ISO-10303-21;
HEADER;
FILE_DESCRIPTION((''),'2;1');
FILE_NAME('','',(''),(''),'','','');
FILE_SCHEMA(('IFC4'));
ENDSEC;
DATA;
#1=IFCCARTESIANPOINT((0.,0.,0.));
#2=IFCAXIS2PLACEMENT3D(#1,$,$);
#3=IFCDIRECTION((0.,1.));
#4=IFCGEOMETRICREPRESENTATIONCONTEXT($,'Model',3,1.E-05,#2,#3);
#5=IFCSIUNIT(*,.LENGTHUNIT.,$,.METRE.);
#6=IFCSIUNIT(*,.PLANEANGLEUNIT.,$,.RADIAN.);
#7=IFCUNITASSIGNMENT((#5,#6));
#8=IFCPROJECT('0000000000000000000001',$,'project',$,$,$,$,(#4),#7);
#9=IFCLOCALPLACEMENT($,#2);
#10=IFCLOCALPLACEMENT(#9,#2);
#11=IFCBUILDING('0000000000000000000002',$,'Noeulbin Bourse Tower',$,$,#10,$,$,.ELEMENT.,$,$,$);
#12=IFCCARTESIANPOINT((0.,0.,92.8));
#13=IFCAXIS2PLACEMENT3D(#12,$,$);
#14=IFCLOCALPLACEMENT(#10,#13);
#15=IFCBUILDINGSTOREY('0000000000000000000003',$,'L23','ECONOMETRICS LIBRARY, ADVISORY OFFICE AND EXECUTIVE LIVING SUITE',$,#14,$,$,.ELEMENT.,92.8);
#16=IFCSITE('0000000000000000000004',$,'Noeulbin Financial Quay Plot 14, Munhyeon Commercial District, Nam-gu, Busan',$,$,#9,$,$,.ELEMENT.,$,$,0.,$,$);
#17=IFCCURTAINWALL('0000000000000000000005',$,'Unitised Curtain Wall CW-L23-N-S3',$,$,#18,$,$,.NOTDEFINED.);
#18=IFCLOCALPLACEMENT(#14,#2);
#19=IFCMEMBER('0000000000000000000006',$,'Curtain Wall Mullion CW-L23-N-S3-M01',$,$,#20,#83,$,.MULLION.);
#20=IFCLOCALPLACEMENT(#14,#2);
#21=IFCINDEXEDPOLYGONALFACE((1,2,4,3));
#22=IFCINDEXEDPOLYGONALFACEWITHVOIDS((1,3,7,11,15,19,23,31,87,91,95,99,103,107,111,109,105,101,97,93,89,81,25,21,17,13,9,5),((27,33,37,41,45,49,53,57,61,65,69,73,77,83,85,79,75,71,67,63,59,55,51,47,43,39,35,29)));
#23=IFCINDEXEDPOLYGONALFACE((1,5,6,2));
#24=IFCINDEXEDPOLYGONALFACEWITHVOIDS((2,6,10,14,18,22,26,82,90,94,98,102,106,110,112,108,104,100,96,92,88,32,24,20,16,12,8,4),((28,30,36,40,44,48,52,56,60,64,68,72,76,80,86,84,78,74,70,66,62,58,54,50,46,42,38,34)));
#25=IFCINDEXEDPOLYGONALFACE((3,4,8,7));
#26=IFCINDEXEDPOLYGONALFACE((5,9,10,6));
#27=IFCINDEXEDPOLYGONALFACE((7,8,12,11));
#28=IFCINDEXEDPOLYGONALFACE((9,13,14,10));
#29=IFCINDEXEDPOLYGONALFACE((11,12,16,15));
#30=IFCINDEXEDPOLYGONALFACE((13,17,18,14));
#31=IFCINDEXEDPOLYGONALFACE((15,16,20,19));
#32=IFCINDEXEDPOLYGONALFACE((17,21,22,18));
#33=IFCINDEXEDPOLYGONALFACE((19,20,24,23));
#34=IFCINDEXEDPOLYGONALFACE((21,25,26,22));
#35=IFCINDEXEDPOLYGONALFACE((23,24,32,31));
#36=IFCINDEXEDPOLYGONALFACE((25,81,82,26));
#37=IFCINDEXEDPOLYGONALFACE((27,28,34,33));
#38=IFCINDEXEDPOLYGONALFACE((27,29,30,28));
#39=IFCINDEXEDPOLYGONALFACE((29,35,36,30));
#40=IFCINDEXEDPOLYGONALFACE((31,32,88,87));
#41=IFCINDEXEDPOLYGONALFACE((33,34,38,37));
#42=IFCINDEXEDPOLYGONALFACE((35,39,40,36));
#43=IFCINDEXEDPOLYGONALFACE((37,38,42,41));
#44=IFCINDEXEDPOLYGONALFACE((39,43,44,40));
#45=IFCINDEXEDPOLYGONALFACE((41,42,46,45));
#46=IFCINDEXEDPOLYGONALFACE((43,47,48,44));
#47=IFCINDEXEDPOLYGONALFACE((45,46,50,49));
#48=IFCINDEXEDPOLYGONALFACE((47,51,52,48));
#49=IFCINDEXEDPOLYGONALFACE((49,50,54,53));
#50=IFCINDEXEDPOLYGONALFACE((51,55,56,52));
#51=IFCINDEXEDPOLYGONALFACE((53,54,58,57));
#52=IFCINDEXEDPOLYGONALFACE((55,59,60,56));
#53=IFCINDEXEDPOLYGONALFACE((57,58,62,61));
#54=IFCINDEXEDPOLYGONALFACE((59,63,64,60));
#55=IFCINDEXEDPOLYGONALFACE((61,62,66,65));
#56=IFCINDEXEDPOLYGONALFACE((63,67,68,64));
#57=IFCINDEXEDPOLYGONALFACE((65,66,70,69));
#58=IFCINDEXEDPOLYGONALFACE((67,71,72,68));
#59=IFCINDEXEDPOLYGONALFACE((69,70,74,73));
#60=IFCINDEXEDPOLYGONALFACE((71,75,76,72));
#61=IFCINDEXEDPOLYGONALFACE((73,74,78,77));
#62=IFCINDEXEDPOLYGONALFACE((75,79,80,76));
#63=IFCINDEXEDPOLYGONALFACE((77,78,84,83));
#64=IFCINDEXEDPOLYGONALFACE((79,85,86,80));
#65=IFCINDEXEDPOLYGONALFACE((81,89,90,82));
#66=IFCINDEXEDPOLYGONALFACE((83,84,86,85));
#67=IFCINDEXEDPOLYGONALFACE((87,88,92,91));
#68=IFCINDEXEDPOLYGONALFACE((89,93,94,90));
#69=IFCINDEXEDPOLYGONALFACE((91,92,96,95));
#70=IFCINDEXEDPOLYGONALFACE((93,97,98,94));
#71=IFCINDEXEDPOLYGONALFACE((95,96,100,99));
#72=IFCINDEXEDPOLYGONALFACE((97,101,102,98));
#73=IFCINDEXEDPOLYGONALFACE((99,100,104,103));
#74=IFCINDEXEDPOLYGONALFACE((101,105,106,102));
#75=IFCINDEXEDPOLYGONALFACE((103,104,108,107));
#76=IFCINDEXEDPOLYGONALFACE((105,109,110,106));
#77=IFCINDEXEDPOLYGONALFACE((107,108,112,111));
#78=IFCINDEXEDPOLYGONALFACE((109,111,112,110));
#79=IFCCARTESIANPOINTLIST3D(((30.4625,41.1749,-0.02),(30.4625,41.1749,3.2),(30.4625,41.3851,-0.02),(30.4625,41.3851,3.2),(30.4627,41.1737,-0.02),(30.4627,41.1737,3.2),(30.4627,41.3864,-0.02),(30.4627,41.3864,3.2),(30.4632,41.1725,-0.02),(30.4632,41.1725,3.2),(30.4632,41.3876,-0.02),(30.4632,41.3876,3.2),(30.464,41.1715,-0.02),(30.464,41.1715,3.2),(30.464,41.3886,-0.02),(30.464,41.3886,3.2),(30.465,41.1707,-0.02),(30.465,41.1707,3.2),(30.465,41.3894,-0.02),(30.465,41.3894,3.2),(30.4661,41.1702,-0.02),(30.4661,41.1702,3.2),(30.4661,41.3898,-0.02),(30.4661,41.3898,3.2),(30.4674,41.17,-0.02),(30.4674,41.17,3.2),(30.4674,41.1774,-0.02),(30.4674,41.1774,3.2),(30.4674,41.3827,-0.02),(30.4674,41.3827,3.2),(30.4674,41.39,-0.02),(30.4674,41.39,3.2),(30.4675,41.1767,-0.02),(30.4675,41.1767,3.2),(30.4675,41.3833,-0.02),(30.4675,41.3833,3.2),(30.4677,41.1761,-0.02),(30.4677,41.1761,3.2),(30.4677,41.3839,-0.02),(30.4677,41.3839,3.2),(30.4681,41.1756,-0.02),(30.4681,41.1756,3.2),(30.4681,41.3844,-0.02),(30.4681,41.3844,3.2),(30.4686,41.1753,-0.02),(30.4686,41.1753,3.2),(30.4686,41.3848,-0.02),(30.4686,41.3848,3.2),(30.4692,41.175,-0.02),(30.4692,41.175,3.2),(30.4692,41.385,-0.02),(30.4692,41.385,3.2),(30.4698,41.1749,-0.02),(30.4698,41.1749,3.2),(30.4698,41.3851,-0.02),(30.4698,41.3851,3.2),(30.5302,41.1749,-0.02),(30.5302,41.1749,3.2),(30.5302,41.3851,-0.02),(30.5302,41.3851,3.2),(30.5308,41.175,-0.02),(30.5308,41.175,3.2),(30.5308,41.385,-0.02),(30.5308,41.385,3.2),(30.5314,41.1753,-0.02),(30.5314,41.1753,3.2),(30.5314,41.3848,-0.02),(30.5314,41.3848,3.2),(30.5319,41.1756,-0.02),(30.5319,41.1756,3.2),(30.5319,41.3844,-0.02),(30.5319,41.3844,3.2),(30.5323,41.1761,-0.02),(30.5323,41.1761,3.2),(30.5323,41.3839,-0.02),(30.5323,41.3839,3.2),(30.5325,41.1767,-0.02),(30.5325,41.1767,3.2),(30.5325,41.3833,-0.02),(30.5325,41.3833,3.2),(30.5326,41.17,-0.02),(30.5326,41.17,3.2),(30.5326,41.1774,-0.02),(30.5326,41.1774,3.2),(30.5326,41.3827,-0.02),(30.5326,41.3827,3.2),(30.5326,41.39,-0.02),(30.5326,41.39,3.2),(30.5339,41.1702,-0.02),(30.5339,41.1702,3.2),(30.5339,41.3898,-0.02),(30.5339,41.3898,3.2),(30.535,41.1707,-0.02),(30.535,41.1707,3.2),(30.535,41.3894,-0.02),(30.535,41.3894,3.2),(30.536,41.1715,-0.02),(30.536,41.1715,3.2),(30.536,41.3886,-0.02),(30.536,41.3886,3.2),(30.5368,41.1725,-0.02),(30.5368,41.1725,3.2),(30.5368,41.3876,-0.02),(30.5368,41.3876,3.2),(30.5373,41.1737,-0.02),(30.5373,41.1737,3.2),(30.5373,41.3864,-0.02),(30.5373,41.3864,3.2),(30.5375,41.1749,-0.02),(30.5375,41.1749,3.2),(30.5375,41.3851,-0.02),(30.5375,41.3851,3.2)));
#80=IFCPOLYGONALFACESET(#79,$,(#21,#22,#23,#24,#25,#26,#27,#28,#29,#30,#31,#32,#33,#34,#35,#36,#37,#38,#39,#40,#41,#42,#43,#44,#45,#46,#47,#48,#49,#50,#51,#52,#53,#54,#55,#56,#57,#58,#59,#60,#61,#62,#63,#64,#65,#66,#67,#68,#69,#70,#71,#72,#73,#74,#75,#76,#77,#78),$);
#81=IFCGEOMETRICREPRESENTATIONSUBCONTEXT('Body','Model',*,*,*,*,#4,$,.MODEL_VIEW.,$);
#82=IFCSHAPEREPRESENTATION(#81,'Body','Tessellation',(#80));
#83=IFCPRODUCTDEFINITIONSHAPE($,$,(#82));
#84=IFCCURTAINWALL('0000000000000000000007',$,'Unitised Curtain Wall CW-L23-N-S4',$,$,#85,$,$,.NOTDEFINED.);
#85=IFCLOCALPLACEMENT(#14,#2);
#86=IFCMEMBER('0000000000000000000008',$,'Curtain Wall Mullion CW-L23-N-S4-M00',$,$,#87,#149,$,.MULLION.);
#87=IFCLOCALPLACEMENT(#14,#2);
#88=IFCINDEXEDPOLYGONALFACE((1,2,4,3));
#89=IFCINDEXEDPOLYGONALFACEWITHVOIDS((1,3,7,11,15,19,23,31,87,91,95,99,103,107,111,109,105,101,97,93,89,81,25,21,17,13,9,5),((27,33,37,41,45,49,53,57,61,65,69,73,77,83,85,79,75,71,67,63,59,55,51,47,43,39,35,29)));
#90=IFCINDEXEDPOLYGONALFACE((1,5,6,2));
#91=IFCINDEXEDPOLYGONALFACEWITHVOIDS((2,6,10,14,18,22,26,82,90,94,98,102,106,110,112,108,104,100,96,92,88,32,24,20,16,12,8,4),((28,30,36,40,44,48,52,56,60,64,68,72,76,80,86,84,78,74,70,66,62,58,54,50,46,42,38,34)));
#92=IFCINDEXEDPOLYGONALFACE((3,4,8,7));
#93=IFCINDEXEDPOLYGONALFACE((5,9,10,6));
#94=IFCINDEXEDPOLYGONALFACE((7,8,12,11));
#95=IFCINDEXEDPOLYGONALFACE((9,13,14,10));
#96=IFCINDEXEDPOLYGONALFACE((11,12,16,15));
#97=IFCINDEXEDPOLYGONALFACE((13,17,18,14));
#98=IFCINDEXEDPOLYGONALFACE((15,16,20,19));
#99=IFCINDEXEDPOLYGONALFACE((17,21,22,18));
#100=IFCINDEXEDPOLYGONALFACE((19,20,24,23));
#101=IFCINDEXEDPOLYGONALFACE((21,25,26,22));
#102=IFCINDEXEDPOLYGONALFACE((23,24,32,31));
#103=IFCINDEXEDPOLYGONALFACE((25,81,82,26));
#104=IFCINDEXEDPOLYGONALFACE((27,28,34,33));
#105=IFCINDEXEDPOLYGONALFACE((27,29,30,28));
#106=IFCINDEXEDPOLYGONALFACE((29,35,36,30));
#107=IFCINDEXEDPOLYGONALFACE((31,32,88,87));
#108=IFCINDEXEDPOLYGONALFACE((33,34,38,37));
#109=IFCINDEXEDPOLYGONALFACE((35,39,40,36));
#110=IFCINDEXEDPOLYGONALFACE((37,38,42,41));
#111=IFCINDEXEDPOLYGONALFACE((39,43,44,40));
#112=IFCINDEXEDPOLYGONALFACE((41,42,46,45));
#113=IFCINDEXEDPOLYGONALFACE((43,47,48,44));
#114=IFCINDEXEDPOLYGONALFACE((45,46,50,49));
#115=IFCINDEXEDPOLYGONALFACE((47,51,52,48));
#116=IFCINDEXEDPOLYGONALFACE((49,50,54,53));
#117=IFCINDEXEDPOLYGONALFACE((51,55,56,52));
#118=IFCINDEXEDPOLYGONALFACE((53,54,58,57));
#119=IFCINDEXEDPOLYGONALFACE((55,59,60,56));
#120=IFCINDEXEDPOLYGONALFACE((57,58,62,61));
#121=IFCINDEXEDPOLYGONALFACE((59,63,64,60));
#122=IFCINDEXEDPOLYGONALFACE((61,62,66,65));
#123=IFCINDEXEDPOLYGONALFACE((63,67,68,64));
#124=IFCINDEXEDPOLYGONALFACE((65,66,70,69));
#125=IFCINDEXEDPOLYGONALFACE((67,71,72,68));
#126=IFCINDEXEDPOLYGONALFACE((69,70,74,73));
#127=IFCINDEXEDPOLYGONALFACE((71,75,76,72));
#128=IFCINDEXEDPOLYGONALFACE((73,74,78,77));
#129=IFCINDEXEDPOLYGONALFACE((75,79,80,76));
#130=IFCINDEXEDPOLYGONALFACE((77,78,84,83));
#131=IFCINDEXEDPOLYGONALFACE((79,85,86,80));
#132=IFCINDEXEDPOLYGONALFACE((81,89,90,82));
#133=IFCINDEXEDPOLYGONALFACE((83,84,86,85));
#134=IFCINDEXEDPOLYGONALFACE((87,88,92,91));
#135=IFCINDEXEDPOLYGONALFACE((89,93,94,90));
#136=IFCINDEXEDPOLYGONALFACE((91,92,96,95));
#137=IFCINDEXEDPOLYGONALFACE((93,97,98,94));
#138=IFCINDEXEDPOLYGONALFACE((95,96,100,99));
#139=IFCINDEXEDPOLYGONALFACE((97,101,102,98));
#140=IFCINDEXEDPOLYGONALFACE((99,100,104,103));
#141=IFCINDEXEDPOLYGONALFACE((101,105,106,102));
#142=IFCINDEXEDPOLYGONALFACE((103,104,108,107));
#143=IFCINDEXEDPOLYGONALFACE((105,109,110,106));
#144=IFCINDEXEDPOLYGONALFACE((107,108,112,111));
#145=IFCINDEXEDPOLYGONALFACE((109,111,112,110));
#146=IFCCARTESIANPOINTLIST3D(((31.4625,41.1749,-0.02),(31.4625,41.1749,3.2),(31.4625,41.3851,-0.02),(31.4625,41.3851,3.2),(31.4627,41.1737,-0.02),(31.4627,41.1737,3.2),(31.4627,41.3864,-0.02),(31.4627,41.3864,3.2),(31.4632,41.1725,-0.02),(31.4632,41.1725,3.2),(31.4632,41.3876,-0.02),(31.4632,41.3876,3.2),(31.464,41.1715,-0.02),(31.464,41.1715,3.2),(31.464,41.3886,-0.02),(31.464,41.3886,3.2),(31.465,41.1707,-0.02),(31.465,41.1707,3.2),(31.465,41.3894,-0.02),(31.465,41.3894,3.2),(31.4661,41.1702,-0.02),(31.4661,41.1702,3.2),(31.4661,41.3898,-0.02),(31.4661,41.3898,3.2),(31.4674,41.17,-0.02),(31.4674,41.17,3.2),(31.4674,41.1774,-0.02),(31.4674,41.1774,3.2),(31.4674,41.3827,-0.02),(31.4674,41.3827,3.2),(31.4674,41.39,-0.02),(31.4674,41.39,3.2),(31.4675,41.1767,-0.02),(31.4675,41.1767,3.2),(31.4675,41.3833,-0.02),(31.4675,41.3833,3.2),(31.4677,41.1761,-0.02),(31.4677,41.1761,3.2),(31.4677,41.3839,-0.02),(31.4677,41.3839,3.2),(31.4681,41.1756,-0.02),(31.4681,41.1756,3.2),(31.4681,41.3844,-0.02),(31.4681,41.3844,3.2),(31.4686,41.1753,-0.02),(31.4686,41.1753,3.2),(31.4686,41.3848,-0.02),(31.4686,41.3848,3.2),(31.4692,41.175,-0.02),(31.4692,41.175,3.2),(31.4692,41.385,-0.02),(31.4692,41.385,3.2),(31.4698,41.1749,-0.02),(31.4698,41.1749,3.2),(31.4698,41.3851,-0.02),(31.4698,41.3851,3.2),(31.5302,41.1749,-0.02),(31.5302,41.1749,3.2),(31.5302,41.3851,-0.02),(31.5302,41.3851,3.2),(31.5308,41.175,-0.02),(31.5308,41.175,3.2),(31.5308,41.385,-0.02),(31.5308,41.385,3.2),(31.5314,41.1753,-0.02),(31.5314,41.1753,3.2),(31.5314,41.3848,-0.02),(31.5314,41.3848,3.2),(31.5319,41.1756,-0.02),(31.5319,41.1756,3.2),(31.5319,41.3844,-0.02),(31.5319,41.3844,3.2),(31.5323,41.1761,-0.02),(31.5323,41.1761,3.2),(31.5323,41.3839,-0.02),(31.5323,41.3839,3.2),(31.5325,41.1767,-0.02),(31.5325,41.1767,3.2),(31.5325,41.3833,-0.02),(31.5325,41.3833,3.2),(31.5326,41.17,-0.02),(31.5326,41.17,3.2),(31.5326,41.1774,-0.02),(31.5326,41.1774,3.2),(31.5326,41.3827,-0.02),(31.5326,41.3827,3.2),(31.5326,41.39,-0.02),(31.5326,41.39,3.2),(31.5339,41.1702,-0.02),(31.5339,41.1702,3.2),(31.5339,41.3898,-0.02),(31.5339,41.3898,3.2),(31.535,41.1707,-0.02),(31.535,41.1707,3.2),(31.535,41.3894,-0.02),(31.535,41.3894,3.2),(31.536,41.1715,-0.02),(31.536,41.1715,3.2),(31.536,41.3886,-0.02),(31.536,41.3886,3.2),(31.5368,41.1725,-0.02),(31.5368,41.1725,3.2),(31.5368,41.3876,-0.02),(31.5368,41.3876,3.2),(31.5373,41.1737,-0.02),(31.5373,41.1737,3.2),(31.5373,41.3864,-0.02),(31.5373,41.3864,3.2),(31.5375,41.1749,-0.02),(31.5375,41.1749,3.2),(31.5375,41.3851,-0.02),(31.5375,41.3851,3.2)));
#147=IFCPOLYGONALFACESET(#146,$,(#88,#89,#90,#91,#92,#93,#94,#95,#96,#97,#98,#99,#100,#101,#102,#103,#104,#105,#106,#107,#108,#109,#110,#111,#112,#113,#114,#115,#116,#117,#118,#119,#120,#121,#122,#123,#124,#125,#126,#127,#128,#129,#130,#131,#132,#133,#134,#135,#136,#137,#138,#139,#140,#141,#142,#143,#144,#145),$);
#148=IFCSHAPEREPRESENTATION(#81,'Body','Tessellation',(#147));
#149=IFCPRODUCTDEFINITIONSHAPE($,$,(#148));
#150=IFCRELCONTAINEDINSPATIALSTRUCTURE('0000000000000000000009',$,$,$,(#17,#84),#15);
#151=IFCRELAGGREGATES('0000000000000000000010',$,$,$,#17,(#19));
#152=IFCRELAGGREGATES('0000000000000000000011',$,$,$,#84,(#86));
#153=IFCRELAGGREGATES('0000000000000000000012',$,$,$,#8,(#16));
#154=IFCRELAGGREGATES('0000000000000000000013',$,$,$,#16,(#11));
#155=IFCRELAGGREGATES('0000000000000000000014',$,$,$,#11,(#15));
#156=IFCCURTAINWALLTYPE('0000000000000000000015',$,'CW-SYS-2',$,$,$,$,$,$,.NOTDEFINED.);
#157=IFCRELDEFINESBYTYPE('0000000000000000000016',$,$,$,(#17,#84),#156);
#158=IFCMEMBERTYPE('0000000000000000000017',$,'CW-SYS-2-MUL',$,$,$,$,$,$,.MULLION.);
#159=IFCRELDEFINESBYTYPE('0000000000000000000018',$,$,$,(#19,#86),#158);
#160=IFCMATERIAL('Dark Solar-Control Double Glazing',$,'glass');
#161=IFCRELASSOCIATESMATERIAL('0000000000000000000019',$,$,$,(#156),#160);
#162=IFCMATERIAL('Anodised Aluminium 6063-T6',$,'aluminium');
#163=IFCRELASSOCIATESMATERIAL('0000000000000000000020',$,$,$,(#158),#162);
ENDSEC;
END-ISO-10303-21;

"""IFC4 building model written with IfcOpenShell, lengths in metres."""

from ifc_helpers import new_model, si_unit, direction, frame, origin, origin_2d, place, context, subcontext, project, spatial, hollow_rectangle, extrude, material, material_profile, profile_set, type_object, element, aggregate, save


model = new_model("IFC4")

# Units and contexts
model_context = context("Model", 3, precision=1e-05, world=origin(), true_north=direction((0.0, 1.0)))
body_context = subcontext(model_context, "Body", "Model", "MODEL_VIEW")
ifc_project = project(units=[si_unit("LENGTHUNIT", "METRE"), si_unit("PLANEANGLEUNIT", "RADIAN")], contexts=[model_context])

# Site, building, storey
site_placement = place(None, origin())
site = spatial("IfcSite", under=ifc_project, at=site_placement, Name="Noeulbin Financial Quay Plot 14, Munhyeon Commercial District, Nam-gu, Busan", CompositionType="ELEMENT", RefElevation=0.0)
building_placement = place(site_placement, origin())
building = spatial("IfcBuilding", under=site, at=building_placement, Name="Noeulbin Bourse Tower", CompositionType="ELEMENT")
storey_placement = place(building_placement, frame((0.0, 0.0, 92.8)))
storey = spatial("IfcBuildingStorey", under=building, at=storey_placement, Name="L23", Description="ECONOMETRICS LIBRARY, ADVISORY OFFICE AND EXECUTIVE LIVING SUITE", CompositionType="ELEMENT", Elevation=92.8)

# Curtain wall, member
ifc_material_1 = material(Name="Dark Solar-Control Double Glazing", Category="glass")
curtain_wall_type = type_object("IfcCurtainWallType", Name="CW-SYS-2", PredefinedType="NOTDEFINED", material=ifc_material_1)
curtain_wall_1_placement = place(storey_placement, origin())
curtain_wall_1 = element("IfcCurtainWall", 1, at=curtain_wall_1_placement, inside=storey, type_object=curtain_wall_type, Name="Unitised Curtain Wall CW-L23-N-S3", PredefinedType="NOTDEFINED")
ifc_material_2 = material(Name="Anodised Aluminium 6063-T6", Category="aluminium")
ifc_material_profile_1 = material_profile(ifc_material_2, hollow_rectangle(XDim=0.075, YDim=0.22, WallThickness=0.0049, InnerFilletRadius=0.0024, OuterFilletRadius=0.0049, at=origin_2d()), Name="ALU-MULL-75x220x5", Category="LoadBearing")
ifc_profile_set_1 = profile_set([ifc_material_profile_1], Name="Anodised Aluminium 6063-T6")
member_type_1 = type_object("IfcMemberType", Name="CW-SYS-2-MUL", PredefinedType="MULLION", material=ifc_profile_set_1)
member_1_placement = place(storey_placement, frame((30.5, 41.28, -0.02), z_axis=(0.0, 0.0, 1.0), x_axis=(1.0, 0.0, 0.0)))
member_1 = element("IfcMember", 2, at=member_1_placement, type_object=member_type_1, Name="Curtain Wall Mullion CW-L23-N-S3-M01", PredefinedType="MULLION", context=body_context, shape_type="SweptSolid", body=[
    extrude(hollow_rectangle(XDim=0.075, YDim=0.22, WallThickness=0.0049, InnerFilletRadius=0.0024, OuterFilletRadius=0.0049, at=origin_2d()), origin(), (0.0, 0.0, 1.0), 3.22),
])
aggregate(curtain_wall_1, [member_1])

# Curtain wall, member
curtain_wall_2_placement = place(storey_placement, origin())
curtain_wall_2 = element("IfcCurtainWall", 3, at=curtain_wall_2_placement, inside=storey, type_object=curtain_wall_type, Name="Unitised Curtain Wall CW-L23-N-S4", PredefinedType="NOTDEFINED")
member_2_placement = place(storey_placement, frame((31.5, 41.28, -0.02), z_axis=(0.0, 0.0, 1.0), x_axis=(1.0, 0.0, 0.0)))
member_2 = element("IfcMember", 4, at=member_2_placement, type_object=member_type_1, Name="Curtain Wall Mullion CW-L23-N-S4-M00", PredefinedType="MULLION", context=body_context, shape_type="SweptSolid", body=[
    extrude(hollow_rectangle(XDim=0.075, YDim=0.22, WallThickness=0.0049, InnerFilletRadius=0.0024, OuterFilletRadius=0.0049, at=origin_2d()), origin(), (0.0, 0.0, 1.0), 3.22),
])

aggregate(curtain_wall_2, [member_2])

save(model, "model.ifc")
